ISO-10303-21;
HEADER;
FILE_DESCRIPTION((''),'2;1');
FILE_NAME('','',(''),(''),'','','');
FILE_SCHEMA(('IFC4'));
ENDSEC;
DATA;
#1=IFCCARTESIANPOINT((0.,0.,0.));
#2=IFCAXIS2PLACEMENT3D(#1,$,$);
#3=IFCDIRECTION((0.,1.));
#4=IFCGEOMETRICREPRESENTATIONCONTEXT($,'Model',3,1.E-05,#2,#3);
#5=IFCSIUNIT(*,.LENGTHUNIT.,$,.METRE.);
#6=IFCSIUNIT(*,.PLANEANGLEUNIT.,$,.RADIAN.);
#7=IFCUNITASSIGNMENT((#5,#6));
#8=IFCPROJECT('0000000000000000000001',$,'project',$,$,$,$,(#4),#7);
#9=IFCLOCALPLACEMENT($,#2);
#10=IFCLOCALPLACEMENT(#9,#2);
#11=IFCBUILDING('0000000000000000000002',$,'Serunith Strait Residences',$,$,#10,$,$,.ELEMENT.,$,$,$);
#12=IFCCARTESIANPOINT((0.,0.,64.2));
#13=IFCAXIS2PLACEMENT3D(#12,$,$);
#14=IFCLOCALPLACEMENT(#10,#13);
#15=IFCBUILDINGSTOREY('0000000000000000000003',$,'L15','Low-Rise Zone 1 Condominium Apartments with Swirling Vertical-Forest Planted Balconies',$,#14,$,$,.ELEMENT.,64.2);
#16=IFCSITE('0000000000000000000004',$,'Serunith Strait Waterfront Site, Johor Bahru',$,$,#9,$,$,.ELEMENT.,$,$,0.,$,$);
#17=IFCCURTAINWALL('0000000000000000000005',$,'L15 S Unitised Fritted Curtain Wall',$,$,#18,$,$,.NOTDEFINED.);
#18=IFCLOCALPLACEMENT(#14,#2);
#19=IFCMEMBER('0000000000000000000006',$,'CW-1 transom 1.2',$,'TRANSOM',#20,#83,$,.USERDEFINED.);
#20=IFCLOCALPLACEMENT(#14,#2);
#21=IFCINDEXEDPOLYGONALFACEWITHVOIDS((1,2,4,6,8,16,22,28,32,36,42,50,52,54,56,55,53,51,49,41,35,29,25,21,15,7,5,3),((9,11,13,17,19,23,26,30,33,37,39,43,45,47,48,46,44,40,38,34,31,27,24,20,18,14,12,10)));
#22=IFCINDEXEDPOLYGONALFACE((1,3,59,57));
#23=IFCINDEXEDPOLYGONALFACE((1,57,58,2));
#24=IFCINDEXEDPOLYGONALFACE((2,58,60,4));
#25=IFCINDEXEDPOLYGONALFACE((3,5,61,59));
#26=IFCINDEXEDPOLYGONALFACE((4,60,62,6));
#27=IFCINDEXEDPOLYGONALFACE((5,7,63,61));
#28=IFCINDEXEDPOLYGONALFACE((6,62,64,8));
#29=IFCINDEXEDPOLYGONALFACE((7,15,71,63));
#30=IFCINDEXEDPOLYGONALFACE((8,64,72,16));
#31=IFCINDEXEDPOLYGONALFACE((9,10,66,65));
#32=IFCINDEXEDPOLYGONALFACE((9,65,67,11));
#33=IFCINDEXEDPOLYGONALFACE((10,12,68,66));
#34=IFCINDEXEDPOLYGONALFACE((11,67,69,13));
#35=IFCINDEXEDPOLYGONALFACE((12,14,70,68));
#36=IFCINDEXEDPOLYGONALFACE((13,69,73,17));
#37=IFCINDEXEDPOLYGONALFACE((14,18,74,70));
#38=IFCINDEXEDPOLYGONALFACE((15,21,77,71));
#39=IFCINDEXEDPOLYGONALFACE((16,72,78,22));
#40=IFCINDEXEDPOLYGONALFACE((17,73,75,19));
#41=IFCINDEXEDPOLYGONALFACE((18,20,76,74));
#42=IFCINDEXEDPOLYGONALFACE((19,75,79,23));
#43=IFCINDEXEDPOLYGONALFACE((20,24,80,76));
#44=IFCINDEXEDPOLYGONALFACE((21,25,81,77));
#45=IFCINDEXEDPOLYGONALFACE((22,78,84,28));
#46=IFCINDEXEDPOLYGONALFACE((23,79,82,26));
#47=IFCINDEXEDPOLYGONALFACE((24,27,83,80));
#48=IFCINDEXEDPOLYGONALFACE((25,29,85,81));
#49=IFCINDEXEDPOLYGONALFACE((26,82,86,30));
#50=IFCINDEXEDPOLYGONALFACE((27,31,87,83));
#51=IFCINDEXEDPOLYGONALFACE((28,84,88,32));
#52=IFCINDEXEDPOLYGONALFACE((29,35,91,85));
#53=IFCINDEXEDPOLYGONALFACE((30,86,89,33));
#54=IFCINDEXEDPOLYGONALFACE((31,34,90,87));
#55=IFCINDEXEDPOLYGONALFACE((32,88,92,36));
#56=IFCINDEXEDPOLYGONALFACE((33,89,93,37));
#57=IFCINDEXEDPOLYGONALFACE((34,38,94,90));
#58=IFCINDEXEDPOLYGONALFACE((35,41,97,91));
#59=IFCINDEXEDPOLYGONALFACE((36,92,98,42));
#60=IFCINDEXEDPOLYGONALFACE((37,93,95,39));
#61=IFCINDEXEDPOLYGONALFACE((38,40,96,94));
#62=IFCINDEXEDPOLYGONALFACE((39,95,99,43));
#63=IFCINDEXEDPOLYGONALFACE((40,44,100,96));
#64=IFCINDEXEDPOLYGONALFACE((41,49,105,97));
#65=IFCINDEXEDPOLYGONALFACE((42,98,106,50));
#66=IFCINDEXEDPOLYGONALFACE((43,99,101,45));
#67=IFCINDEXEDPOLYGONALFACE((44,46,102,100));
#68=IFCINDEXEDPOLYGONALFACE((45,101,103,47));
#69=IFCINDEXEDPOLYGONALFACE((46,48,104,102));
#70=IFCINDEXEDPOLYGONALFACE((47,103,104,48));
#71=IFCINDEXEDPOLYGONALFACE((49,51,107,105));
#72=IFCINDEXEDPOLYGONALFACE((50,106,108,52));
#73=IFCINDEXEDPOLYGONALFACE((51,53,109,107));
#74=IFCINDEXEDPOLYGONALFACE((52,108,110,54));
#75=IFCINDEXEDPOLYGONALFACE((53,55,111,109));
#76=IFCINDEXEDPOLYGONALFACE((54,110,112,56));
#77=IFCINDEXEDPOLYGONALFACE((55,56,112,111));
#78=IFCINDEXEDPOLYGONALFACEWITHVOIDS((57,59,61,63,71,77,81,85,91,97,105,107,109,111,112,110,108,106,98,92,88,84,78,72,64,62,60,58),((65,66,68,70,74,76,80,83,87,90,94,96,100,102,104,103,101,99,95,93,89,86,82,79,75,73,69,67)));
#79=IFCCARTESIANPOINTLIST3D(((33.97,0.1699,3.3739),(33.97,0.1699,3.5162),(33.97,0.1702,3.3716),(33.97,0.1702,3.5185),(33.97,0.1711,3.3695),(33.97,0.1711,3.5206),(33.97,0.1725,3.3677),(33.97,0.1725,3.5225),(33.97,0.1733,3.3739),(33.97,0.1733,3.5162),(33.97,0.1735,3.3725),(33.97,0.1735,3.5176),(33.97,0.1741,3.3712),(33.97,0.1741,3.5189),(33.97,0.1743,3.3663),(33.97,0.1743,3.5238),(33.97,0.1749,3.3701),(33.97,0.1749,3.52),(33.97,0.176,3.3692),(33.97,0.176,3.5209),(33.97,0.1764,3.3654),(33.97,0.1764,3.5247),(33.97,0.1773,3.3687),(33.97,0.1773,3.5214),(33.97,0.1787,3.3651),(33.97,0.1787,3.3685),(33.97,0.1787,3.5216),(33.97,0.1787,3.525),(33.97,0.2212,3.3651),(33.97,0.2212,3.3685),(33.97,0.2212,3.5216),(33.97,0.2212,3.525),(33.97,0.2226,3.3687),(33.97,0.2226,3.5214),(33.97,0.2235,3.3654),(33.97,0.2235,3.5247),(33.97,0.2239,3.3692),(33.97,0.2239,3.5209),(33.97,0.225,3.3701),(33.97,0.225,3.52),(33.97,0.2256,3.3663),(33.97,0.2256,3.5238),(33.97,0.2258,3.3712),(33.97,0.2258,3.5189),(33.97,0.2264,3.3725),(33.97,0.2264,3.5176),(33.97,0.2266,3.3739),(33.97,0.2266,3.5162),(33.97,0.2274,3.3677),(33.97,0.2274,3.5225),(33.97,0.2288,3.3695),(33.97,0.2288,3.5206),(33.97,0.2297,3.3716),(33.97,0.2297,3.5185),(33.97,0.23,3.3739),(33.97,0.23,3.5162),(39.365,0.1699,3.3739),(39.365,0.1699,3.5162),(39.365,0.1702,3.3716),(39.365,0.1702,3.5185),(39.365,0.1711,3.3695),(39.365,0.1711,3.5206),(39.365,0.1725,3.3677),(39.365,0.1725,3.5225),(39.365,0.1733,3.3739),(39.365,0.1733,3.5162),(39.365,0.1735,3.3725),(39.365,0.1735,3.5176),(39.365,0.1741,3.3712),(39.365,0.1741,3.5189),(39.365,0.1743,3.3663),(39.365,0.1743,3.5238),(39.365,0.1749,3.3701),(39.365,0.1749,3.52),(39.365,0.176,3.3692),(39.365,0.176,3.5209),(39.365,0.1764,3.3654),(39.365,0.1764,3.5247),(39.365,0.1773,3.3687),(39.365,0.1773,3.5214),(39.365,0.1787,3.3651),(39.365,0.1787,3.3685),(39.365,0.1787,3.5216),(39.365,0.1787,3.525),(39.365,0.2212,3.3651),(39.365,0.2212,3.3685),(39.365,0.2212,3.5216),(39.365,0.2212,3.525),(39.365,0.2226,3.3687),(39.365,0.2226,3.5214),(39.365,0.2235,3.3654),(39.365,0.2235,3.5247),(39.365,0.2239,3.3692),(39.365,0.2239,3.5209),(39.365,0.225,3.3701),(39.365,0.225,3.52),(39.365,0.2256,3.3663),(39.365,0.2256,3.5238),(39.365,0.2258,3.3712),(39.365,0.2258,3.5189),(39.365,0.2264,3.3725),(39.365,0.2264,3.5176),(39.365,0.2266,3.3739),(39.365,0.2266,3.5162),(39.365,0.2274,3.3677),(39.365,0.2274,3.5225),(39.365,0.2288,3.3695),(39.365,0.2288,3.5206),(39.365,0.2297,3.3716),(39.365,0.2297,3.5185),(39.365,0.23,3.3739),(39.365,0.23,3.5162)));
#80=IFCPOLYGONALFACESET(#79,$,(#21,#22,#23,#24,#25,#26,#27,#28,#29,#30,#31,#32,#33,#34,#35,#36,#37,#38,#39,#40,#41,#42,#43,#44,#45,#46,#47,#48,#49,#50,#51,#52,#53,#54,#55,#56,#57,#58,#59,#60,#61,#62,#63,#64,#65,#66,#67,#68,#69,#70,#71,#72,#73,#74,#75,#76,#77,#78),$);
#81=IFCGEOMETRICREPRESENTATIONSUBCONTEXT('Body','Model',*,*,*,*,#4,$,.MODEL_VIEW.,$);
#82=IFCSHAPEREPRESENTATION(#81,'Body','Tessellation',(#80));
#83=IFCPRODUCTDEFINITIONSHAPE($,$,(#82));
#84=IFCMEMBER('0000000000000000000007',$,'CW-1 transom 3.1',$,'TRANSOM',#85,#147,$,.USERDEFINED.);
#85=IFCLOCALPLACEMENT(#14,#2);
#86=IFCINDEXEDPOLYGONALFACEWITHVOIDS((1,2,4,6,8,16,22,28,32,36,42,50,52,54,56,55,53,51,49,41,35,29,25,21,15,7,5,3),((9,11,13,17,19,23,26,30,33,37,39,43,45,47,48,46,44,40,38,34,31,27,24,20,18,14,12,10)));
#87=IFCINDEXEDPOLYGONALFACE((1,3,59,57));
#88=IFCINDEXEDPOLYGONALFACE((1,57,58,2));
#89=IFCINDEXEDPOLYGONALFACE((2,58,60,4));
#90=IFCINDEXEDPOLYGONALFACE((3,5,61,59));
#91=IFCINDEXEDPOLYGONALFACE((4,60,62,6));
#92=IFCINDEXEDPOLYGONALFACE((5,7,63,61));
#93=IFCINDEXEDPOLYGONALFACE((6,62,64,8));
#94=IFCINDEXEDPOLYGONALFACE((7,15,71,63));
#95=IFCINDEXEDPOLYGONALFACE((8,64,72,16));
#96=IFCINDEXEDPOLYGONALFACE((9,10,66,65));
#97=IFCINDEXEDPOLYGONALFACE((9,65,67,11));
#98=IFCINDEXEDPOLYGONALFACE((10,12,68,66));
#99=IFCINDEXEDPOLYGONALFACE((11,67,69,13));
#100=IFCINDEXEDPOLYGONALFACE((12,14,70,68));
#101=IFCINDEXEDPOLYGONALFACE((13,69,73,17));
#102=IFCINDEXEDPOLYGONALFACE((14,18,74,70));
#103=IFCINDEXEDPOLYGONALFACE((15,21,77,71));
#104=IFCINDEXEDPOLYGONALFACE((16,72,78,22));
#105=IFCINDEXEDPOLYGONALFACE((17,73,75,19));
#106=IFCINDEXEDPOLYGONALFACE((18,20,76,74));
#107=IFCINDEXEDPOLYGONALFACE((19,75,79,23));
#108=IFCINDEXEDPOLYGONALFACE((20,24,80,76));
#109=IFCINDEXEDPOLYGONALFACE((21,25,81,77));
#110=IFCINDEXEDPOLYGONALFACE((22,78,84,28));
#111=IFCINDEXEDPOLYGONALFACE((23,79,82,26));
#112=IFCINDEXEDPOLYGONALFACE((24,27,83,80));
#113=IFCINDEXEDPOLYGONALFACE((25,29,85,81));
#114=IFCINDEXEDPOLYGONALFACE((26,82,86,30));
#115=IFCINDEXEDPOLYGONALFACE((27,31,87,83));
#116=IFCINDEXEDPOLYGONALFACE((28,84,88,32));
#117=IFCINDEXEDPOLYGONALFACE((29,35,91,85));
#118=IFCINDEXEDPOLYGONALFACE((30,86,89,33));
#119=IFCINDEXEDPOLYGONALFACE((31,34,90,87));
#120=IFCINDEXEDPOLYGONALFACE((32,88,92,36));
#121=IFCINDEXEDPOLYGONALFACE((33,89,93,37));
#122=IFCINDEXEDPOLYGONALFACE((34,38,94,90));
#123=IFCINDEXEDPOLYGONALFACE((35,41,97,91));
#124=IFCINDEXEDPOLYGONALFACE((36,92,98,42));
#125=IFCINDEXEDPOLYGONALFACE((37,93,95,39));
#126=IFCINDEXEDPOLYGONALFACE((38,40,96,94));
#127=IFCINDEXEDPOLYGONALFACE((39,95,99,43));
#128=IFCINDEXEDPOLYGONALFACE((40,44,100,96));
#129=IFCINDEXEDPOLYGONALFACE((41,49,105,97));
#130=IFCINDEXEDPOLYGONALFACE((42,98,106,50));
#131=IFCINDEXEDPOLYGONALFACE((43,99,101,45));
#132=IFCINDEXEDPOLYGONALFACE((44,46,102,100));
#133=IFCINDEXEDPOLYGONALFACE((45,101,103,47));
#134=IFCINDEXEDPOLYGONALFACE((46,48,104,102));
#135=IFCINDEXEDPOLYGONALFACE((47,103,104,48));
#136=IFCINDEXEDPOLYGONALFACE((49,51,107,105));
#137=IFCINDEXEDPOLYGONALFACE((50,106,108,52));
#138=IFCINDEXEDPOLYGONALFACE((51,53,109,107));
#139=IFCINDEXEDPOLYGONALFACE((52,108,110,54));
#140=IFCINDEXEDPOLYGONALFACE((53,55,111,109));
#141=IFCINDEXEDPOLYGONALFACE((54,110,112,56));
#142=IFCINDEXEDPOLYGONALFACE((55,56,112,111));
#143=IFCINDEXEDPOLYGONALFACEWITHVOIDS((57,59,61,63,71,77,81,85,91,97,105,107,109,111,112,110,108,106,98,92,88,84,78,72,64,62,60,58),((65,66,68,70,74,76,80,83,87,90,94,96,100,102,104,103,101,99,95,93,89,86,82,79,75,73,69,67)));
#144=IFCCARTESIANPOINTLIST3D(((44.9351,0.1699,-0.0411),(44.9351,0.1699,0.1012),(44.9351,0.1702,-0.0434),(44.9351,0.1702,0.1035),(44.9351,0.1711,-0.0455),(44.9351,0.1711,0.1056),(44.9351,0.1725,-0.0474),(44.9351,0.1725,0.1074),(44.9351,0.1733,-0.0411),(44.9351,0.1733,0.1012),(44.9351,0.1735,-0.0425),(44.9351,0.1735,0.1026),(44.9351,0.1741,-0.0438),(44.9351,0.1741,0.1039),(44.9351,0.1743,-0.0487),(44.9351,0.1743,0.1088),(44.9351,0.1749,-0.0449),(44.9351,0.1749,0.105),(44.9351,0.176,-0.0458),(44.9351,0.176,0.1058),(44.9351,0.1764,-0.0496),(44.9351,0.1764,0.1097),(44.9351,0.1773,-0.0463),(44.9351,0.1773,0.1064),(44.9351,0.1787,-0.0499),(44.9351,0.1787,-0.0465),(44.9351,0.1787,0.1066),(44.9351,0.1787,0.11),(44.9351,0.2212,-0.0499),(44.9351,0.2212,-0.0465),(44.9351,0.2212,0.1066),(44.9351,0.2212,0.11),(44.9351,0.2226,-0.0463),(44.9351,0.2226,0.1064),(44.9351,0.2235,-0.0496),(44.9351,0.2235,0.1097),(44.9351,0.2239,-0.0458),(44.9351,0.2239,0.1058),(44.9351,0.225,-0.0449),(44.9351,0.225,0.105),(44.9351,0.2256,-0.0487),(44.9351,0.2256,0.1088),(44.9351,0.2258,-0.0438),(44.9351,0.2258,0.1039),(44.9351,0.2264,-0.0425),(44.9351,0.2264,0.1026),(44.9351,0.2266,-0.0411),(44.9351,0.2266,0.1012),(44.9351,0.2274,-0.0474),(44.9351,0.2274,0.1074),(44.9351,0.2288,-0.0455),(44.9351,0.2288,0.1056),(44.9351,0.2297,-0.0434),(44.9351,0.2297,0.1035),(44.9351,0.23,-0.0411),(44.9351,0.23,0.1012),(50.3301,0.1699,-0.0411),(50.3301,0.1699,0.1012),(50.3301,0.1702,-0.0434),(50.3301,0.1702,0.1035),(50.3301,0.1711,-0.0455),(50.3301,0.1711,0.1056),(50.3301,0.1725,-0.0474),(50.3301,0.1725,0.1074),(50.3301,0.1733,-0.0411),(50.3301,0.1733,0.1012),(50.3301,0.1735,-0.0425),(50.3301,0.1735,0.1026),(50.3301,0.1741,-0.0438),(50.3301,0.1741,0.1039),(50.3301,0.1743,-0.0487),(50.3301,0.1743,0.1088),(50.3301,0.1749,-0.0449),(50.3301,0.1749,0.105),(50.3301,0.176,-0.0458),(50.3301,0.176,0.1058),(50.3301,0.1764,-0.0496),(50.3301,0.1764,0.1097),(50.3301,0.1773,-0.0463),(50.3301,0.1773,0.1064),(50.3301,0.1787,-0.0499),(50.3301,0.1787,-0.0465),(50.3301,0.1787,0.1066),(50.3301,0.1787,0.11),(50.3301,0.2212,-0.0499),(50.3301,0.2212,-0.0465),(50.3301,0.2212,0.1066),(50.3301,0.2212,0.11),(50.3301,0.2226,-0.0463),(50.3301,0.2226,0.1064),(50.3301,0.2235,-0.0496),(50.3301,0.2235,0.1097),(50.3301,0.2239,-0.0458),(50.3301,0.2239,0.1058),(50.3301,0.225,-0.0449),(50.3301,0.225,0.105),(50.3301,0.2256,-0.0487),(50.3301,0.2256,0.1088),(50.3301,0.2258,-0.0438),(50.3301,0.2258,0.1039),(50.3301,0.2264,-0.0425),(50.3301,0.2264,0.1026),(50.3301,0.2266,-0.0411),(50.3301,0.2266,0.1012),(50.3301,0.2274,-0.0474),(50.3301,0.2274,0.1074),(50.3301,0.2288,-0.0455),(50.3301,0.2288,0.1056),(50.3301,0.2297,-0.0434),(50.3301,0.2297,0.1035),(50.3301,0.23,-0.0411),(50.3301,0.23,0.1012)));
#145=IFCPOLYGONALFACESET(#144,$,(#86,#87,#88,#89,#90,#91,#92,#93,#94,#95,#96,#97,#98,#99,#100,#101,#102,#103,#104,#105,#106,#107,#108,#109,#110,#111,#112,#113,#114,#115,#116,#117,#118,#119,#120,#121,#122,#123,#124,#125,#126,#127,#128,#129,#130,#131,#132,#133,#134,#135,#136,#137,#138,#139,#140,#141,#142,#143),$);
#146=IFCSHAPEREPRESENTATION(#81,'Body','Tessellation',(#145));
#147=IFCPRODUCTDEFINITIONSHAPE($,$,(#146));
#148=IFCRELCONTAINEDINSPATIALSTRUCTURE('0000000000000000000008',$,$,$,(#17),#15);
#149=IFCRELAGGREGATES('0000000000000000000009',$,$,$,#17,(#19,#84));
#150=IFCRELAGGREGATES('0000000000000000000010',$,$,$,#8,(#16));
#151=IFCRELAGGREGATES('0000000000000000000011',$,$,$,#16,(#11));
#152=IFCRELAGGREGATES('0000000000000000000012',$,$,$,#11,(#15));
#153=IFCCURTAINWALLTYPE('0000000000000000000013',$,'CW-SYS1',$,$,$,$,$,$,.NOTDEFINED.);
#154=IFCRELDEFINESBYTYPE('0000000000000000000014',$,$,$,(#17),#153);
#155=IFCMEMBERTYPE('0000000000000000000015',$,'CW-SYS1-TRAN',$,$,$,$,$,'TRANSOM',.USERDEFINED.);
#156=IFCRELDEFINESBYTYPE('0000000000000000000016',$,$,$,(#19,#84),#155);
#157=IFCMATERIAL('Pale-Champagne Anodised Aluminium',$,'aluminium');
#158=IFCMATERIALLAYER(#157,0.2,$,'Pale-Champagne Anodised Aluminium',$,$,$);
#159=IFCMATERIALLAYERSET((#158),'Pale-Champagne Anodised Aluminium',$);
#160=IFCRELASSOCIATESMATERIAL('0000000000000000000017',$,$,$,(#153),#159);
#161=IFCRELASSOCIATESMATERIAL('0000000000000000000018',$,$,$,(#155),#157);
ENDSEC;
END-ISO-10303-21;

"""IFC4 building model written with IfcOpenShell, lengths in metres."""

from ifc_helpers import new_model, si_unit, direction, frame, origin, origin_2d, place, context, subcontext, project, spatial, hollow_rectangle, extrude, source, transform, mapped, material, layer, layer_set, material_profile, profile_set, type_object, element, aggregate, save


model = new_model("IFC4")

# Units and contexts
model_context = context("Model", 3, precision=1e-05, world=origin(), true_north=direction((0.0, 1.0)))
body_context = subcontext(model_context, "Body", "Model", "MODEL_VIEW")
ifc_project = project(units=[si_unit("LENGTHUNIT", "METRE"), si_unit("PLANEANGLEUNIT", "RADIAN")], contexts=[model_context])

# Site, building, storey
site_placement = place(None, origin())
site = spatial("IfcSite", under=ifc_project, at=site_placement, Name="Serunith Strait Waterfront Site, Johor Bahru", CompositionType="ELEMENT", RefElevation=0.0)
building_placement = place(site_placement, origin())
building = spatial("IfcBuilding", under=site, at=building_placement, Name="Serunith Strait Residences", CompositionType="ELEMENT")
storey_placement = place(building_placement, frame((0.0, 0.0, 64.2)))
storey = spatial("IfcBuildingStorey", under=building, at=storey_placement, Name="L15", Description="Low-Rise Zone 1 Condominium Apartments with Swirling Vertical-Forest Planted Balconies", CompositionType="ELEMENT", Elevation=64.2)

# Curtain wall, members
ifc_material_1 = material(Name="Pale-Champagne Anodised Aluminium", Category="aluminium")
ifc_layer_1 = layer(ifc_material_1, 0.2, Name="Pale-Champagne Anodised Aluminium")
ifc_layer_set_1 = layer_set([ifc_layer_1], Name="Pale-Champagne Anodised Aluminium")
curtain_wall_type = type_object("IfcCurtainWallType", Name="CW-SYS1", PredefinedType="NOTDEFINED", material=ifc_layer_set_1)
curtain_wall_placement = place(storey_placement, origin())
curtain_wall = element("IfcCurtainWall", 1, at=curtain_wall_placement, inside=storey, type_object=curtain_wall_type, Name="L15 S Unitised Fritted Curtain Wall", PredefinedType="NOTDEFINED")
ifc_material_profile_1 = material_profile(ifc_material_1, hollow_rectangle(XDim=0.0601, YDim=0.1599, WallThickness=0.0034, InnerFilletRadius=0.0054, OuterFilletRadius=0.0088, at=origin_2d()), Name="ALU 160x60x3.5")
ifc_profile_set_1 = profile_set([ifc_material_profile_1], Name="Pale-Champagne Anodised Aluminium")
member_type_1 = type_object("IfcMemberType", Name="CW-SYS1-TRAN", ElementType="TRANSOM", PredefinedType="USERDEFINED", material=ifc_profile_set_1)
shared_shape_1 = source(origin(), body_context, "Body", "SweptSolid", [
    extrude(hollow_rectangle(XDim=0.0601, YDim=0.1599, WallThickness=0.0034, InnerFilletRadius=0.0054, OuterFilletRadius=0.0088, at=origin_2d()), origin(), (0.0, 0.0, 1.0), 5.395),
])
member_1_placement = place(storey_placement, frame((33.97, 0.2, 3.4451), z_axis=(1.0, 0.0, 0.0), x_axis=(0.0, 1.0, 0.0)))
member_1 = element("IfcMember", 2, at=member_1_placement, type_object=member_type_1, Name="CW-1 transom 1.2", ObjectType="TRANSOM", PredefinedType="USERDEFINED", context=body_context, shape_type="MappedRepresentation", body=[
    mapped(shared_shape_1, transform((0.0, 0.0, 0.0), scale=1.0)),
])
member_2_placement = place(storey_placement, frame((44.9351, 0.2, 0.03), z_axis=(1.0, 0.0, 0.0), x_axis=(0.0, 1.0, 0.0)))
member_2 = element("IfcMember", 3, at=member_2_placement, type_object=member_type_1, Name="CW-1 transom 3.1", ObjectType="TRANSOM", PredefinedType="USERDEFINED", context=body_context, shape_type="MappedRepresentation", body=[
    mapped(shared_shape_1, transform((0.0, 0.0, 0.0), scale=1.0)),
])
aggregate(curtain_wall, [member_1, member_2])

save(model, "model.ifc")
